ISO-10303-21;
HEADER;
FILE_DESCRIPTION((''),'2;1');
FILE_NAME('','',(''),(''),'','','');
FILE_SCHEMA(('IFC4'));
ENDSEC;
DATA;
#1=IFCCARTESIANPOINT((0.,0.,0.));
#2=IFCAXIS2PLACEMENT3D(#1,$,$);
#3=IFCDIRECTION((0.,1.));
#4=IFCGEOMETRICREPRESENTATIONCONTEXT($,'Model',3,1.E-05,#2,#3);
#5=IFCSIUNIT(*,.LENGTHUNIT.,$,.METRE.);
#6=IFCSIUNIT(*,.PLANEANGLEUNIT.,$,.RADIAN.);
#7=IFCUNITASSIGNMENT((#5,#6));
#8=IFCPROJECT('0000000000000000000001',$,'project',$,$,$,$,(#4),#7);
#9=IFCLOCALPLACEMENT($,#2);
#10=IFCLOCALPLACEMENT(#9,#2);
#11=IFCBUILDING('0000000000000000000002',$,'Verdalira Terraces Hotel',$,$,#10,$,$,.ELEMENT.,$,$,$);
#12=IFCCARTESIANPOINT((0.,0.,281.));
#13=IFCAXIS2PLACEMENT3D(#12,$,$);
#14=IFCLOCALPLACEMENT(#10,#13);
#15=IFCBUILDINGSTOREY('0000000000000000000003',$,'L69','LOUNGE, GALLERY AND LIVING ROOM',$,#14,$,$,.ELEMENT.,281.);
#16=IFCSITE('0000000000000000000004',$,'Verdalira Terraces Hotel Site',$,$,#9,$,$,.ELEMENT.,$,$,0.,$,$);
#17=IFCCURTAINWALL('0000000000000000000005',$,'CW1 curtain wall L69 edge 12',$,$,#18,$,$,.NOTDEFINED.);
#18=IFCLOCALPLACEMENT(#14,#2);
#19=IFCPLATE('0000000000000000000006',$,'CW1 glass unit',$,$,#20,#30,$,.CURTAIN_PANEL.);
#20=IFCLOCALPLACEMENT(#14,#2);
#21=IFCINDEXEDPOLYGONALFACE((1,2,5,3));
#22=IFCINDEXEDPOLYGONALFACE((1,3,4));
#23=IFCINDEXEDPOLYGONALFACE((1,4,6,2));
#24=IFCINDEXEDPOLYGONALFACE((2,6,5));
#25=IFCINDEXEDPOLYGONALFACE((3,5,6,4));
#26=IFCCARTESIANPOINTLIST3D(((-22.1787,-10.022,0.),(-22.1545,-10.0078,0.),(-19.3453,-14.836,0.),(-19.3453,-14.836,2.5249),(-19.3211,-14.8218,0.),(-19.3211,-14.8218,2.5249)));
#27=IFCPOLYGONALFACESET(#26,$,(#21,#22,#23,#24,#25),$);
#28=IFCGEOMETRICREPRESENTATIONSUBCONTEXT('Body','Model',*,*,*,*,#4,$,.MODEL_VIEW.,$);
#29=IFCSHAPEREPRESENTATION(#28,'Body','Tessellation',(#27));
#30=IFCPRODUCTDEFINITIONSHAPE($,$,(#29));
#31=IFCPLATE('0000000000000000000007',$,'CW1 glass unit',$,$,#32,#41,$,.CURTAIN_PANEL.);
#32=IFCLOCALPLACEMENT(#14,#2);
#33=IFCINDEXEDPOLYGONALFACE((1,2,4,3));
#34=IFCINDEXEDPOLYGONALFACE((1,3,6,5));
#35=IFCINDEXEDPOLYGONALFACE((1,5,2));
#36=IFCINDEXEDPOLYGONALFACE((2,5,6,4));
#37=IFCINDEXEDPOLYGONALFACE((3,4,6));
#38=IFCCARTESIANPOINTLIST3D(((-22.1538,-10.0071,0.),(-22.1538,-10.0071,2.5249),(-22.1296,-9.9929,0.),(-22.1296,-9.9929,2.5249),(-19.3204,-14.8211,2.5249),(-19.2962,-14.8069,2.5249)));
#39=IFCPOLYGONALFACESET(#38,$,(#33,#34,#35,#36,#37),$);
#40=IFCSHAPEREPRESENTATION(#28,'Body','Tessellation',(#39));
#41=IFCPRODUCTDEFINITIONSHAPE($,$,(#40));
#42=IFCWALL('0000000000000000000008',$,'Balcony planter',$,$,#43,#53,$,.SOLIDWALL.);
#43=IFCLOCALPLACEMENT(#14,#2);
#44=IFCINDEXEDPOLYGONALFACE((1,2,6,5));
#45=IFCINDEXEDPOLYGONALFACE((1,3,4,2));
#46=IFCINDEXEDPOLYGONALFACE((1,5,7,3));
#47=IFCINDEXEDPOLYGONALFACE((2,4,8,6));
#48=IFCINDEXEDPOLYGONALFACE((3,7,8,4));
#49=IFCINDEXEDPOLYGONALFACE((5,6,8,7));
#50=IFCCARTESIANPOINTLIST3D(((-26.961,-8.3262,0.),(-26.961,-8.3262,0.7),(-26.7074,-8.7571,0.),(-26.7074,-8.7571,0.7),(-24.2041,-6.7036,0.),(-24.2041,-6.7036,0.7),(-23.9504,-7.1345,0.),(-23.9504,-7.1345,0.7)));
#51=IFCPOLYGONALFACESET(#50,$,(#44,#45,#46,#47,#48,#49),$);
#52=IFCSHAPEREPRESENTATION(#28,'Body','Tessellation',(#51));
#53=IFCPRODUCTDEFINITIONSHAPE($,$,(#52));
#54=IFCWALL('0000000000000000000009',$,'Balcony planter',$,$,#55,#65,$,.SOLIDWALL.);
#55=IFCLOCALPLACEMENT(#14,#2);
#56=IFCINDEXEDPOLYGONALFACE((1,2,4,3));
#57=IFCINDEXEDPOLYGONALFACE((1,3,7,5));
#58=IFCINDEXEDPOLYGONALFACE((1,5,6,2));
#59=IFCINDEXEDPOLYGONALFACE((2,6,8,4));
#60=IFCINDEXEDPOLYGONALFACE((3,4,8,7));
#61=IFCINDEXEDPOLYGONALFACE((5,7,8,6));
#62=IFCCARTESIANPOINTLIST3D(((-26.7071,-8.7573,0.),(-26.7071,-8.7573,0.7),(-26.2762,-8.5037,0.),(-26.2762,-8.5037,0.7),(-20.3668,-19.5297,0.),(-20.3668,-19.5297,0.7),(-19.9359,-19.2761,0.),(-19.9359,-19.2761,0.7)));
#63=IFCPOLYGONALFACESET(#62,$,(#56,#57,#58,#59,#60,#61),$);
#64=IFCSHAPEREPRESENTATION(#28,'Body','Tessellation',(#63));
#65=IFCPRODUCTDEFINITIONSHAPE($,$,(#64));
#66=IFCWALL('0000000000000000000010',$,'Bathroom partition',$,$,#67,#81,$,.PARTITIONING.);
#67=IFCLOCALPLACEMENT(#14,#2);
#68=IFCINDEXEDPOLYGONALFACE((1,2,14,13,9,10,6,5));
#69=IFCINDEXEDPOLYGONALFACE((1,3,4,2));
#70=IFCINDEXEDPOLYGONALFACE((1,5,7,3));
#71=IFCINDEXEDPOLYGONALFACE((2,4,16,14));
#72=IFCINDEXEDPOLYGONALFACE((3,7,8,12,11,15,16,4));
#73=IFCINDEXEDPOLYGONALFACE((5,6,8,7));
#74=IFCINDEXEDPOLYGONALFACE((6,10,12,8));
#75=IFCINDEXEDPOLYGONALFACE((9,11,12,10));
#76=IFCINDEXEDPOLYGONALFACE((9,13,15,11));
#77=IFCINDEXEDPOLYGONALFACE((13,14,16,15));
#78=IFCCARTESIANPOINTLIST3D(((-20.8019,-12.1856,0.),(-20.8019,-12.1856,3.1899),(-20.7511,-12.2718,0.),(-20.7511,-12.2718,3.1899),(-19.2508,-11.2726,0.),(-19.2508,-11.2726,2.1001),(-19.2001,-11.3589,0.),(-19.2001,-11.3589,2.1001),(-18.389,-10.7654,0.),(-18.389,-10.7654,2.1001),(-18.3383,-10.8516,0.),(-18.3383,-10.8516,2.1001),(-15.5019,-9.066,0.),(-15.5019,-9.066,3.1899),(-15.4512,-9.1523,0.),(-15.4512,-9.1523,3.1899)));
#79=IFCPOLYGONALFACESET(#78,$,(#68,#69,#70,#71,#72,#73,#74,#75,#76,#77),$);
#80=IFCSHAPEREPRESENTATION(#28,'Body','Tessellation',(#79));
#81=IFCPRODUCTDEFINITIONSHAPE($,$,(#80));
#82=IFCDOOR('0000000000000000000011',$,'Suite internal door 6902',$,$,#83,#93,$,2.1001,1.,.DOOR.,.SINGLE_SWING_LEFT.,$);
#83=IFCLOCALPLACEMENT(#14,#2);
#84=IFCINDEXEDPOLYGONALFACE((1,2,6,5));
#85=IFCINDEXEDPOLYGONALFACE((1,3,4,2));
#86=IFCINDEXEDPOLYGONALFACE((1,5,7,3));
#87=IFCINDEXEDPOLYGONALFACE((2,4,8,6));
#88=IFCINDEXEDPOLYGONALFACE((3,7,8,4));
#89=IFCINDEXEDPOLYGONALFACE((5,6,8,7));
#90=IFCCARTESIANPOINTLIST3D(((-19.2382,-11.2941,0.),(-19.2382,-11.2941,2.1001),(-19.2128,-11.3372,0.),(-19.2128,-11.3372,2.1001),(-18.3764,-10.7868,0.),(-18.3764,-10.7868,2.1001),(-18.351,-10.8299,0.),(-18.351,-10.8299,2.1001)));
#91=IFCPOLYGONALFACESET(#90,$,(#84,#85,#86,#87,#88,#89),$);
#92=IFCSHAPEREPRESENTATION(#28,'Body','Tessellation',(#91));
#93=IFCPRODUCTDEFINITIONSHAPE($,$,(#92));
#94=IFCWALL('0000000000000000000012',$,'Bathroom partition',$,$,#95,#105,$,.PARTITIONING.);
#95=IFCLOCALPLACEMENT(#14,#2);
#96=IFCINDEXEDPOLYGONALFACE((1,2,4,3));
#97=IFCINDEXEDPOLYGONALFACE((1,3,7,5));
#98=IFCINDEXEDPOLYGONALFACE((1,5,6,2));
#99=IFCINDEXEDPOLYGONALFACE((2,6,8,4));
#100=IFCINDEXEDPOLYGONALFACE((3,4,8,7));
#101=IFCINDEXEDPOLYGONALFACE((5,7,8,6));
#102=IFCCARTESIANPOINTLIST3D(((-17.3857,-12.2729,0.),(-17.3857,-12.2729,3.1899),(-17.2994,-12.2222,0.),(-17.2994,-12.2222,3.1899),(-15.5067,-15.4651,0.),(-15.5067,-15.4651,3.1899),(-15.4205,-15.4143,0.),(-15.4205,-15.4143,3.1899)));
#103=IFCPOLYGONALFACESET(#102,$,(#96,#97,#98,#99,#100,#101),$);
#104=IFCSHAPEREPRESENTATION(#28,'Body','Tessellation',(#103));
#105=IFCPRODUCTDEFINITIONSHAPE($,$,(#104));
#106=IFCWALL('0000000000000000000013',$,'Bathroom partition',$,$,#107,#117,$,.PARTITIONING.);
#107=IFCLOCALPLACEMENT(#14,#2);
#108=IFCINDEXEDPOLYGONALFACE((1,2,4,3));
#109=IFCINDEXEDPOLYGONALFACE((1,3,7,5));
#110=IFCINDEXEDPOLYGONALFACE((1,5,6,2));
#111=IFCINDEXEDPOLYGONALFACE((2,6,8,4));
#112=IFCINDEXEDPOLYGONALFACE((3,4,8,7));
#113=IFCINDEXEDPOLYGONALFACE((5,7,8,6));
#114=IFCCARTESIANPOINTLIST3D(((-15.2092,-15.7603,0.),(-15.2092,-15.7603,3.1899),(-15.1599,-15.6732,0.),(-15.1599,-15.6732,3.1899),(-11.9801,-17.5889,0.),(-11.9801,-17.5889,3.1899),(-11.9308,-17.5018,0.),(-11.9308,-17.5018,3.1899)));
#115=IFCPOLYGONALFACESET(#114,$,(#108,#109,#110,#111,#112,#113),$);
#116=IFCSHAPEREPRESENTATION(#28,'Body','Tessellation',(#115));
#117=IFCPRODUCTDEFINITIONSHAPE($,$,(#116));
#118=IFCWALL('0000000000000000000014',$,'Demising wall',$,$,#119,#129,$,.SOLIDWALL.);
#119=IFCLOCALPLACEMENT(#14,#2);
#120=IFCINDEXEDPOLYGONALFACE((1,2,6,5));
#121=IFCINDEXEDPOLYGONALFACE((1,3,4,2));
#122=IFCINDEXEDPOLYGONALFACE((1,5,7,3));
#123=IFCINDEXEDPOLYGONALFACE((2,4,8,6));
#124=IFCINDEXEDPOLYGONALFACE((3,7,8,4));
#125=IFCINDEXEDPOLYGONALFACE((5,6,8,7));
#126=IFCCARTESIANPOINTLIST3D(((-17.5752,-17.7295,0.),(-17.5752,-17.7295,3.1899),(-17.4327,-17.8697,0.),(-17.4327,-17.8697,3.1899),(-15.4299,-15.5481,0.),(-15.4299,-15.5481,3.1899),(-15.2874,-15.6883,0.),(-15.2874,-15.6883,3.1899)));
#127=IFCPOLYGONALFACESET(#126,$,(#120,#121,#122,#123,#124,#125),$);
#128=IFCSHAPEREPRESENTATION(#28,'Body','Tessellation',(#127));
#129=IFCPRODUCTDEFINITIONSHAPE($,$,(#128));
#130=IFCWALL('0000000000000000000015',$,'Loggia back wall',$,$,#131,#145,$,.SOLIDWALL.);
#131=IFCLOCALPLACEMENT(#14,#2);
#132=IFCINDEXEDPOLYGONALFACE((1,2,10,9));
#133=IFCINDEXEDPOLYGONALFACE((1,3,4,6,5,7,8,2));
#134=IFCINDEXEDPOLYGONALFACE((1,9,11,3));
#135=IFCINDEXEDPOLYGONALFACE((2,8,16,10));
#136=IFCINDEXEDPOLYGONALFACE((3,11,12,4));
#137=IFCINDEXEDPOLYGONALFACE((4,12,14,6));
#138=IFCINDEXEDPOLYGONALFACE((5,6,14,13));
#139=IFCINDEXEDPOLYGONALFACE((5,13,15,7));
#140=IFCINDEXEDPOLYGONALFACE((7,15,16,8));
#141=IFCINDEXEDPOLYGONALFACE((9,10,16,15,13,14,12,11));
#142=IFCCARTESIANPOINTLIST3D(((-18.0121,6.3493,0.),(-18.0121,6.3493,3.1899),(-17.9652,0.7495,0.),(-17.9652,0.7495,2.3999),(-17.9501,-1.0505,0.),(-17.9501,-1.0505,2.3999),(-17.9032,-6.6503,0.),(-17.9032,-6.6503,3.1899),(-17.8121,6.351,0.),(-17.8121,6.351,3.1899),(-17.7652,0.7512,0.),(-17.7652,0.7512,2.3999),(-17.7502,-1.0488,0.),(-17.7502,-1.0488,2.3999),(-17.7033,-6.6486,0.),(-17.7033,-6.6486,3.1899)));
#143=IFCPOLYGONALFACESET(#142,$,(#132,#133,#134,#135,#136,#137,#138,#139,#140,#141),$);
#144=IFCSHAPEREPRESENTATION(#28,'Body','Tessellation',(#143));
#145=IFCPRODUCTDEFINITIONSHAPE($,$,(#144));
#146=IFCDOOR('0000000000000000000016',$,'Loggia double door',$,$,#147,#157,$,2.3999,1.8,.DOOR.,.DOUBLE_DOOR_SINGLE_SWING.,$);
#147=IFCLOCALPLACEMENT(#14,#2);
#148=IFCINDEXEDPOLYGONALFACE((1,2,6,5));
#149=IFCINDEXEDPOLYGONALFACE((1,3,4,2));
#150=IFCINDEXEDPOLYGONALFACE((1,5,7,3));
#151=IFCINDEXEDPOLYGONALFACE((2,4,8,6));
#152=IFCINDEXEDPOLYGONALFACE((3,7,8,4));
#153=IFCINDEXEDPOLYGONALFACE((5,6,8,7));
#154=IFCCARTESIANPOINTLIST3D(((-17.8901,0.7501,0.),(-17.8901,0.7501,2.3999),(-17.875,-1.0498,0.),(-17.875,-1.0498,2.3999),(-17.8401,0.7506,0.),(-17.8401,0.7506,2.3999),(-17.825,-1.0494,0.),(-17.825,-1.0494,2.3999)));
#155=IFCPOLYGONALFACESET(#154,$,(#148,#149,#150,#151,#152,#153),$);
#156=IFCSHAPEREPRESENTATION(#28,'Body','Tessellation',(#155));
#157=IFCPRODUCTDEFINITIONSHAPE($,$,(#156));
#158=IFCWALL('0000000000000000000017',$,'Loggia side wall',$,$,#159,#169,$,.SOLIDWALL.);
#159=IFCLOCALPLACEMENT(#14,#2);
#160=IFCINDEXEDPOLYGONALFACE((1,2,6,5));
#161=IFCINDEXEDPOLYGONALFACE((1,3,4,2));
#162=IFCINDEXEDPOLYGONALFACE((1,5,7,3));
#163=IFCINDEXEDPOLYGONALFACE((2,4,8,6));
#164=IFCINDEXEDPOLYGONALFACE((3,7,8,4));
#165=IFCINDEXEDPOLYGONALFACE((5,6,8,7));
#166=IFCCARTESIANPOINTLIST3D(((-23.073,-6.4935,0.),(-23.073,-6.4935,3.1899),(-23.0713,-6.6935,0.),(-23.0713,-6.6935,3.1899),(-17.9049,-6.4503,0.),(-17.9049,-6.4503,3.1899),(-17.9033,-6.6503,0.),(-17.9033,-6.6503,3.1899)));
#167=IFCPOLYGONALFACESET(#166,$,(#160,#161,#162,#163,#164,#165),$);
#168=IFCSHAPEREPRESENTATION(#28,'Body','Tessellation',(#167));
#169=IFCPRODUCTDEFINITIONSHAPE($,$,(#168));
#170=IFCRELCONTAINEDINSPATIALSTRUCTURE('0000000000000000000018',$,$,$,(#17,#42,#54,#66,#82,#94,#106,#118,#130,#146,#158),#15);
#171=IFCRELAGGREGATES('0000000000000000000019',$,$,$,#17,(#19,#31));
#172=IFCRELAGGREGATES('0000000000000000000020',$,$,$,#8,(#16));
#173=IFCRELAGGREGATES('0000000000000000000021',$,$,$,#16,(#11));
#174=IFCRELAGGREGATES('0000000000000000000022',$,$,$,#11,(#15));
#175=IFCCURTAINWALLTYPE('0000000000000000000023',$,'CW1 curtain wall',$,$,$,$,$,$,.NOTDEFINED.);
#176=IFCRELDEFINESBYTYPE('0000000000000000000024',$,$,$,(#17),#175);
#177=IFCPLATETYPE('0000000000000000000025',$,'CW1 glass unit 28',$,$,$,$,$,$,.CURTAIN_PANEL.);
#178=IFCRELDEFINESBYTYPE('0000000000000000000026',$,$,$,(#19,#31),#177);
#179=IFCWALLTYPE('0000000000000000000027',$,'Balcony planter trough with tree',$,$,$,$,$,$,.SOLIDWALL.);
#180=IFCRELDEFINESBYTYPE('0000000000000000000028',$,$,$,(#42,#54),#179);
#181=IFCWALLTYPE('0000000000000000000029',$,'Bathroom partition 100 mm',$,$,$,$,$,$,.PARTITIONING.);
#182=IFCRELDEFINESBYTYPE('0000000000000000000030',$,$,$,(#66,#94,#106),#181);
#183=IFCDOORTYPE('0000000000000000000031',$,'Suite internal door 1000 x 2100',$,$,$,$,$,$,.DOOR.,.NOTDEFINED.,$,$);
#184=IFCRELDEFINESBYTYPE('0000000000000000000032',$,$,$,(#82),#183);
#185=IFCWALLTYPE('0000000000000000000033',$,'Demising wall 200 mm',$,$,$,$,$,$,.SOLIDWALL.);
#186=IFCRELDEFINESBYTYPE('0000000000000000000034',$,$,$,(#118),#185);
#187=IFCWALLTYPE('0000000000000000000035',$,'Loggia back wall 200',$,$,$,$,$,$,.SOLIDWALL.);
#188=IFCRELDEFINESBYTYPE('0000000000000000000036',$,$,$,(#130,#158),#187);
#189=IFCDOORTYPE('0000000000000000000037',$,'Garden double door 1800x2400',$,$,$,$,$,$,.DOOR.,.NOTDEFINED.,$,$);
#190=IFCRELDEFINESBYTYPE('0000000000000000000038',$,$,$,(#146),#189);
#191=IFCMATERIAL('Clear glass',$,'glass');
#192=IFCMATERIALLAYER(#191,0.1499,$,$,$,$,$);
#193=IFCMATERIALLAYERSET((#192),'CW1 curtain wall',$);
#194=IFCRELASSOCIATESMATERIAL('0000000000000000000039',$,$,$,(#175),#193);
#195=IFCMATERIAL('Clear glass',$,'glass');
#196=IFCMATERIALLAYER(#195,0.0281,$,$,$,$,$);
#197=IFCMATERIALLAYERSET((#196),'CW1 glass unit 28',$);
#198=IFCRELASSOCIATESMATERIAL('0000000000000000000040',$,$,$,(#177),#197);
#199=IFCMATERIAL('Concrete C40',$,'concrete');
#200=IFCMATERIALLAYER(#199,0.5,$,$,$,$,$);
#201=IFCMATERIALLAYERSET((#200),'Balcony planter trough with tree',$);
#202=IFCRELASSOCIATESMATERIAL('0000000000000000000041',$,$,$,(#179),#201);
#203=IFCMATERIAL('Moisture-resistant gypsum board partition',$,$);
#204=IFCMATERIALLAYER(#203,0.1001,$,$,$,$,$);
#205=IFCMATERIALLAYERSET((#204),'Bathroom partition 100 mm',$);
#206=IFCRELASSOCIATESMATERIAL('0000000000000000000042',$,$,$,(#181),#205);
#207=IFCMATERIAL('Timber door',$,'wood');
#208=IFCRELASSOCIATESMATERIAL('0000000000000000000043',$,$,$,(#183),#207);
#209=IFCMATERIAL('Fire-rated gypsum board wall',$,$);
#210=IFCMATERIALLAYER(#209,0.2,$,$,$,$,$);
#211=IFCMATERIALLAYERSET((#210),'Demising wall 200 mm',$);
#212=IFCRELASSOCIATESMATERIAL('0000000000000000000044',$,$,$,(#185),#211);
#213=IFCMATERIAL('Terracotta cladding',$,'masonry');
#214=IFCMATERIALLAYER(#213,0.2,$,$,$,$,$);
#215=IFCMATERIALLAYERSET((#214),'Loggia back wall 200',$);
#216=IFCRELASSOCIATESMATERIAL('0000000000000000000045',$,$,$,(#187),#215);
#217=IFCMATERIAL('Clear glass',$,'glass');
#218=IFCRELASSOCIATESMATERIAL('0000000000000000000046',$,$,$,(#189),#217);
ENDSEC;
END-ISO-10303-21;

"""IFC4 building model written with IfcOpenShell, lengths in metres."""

from ifc_helpers import new_model, si_unit, direction, frame, frame_2d, origin, place, context, subcontext, project, spatial, polyline, rectangle, outline, extrude, material, layer, layer_set, type_object, element, fill, aggregate, save


model = new_model("IFC4")

# Units and contexts
model_context = context("Model", 3, precision=1e-05, world=origin(), true_north=direction((0.0, 1.0)))
body_context = subcontext(model_context, "Body", "Model", "MODEL_VIEW")
ifc_project = project(units=[si_unit("LENGTHUNIT", "METRE"), si_unit("PLANEANGLEUNIT", "RADIAN")], contexts=[model_context])

# Site, building, storey
site_placement = place(None, origin())
site = spatial("IfcSite", under=ifc_project, at=site_placement, Name="Verdalira Terraces Hotel Site", CompositionType="ELEMENT", RefElevation=0.0)
building_placement = place(site_placement, origin())
building = spatial("IfcBuilding", under=site, at=building_placement, Name="Verdalira Terraces Hotel", CompositionType="ELEMENT")
storey_placement = place(building_placement, frame((0.0, 0.0, 281.0)))
storey = spatial("IfcBuildingStorey", under=building, at=storey_placement, Name="L69", Description="LOUNGE, GALLERY AND LIVING ROOM", CompositionType="ELEMENT", Elevation=281.0)

# Curtain wall
ifc_material_1 = material(Name="Clear glass", Category="glass")
ifc_layer_1 = layer(ifc_material_1, 0.1499)
ifc_layer_set_1 = layer_set([ifc_layer_1], Name="CW1 curtain wall")
curtain_wall_type = type_object("IfcCurtainWallType", Name="CW1 curtain wall", PredefinedType="NOTDEFINED", material=ifc_layer_set_1)
curtain_wall_placement = place(storey_placement, origin())
curtain_wall = element("IfcCurtainWall", 1, at=curtain_wall_placement, inside=storey, type_object=curtain_wall_type, Name="CW1 curtain wall L69 edge 12", PredefinedType="NOTDEFINED")

# Plates
ifc_material_2 = material(Name="Clear glass", Category="glass")
ifc_layer_2 = layer(ifc_material_2, 0.0281)
ifc_layer_set_2 = layer_set([ifc_layer_2], Name="CW1 glass unit 28")
plate_type = type_object("IfcPlateType", Name="CW1 glass unit 28", PredefinedType="CURTAIN_PANEL", material=ifc_layer_set_2)
plate_1_placement = place(storey_placement, frame((-20.7378, -12.4148, 1.2625), z_axis=(-0.861806, -0.507238, 0.0), x_axis=(0.507238, -0.861806, 0.0)))
plate_1 = element("IfcPlate", 2, at=plate_1_placement, type_object=plate_type, Name="CW1 glass unit", PredefinedType="CURTAIN_PANEL", context=body_context, shape_type="SweptSolid", body=[
    extrude(outline(polyline([(-2.793, -1.2625), (2.793, -1.2625), (2.793, 1.2625), (-2.793, -1.2625)])), origin(), (0.0, 0.0, 1.0), 0.0281),
])
plate_2_placement = place(storey_placement, frame((-20.7129, -12.3999, 1.2625), z_axis=(-0.861806, -0.507238, 0.0), x_axis=(0.507238, -0.861806, 0.0)))
plate_2 = element("IfcPlate", 3, at=plate_2_placement, type_object=plate_type, Name="CW1 glass unit", PredefinedType="CURTAIN_PANEL", context=body_context, shape_type="SweptSolid", body=[
    extrude(outline(polyline([(-2.793, -1.2625), (2.793, 1.2625), (-2.793, 1.2625), (-2.793, -1.2625)])), origin(), (0.0, 0.0, 1.0), 0.0281),
])
aggregate(curtain_wall, [plate_1, plate_2])

# Walls
ifc_material_3 = material(Name="Concrete C40", Category="concrete")
ifc_layer_3 = layer(ifc_material_3, 0.5)
ifc_layer_set_3 = layer_set([ifc_layer_3], Name="Balcony planter trough with tree")
wall_type_1 = type_object("IfcWallType", Name="Balcony planter trough with tree", PredefinedType="SOLIDWALL", material=ifc_layer_set_3)
wall_1_placement = place(storey_placement, frame((-24.0771, -6.9189, 0.0), z_axis=(0.0, 0.0, 1.0), x_axis=(-0.861813, -0.507227, 0.0)))
element("IfcWall", 4, at=wall_1_placement, inside=storey, type_object=wall_type_1, Name="Balcony planter", PredefinedType="SOLIDWALL", context=body_context, shape_type="SweptSolid", body=[
    extrude(rectangle(XDim=3.199, YDim=0.5, at=frame_2d((1.5996, 0.0))), origin(), (0.0, 0.0, 1.0), 0.7),
])
wall_2_placement = place(storey_placement, frame((-26.4917, -8.6304, 0.0), z_axis=(0.0, 0.0, 1.0), x_axis=(0.507234, -0.861809, 0.0)))
element("IfcWall", 5, at=wall_2_placement, inside=storey, type_object=wall_type_1, Name="Balcony planter", PredefinedType="SOLIDWALL", context=body_context, shape_type="SweptSolid", body=[
    extrude(rectangle(XDim=12.4998, YDim=0.5, at=frame_2d((6.25, 0.0))), origin(), (0.0, 0.0, 1.0), 0.7),
])

# Wall, opening, door
ifc_material_4 = material(Name="Moisture-resistant gypsum board partition")
ifc_layer_4 = layer(ifc_material_4, 0.1001)
ifc_layer_set_4 = layer_set([ifc_layer_4], Name="Bathroom partition 100 mm")
wall_type_2 = type_object("IfcWallType", Name="Bathroom partition 100 mm", PredefinedType="PARTITIONING", material=ifc_layer_set_4)
wall_3_placement = place(storey_placement, frame((-15.4766, -9.1091, 0.0), z_axis=(0.0, 0.0, 1.0), x_axis=(-0.861795, -0.507256, 0.0)))
wall_3 = element("IfcWall", 6, at=wall_3_placement, inside=storey, type_object=wall_type_2, Name="Bathroom partition", PredefinedType="PARTITIONING", context=body_context, shape_type="SweptSolid", body=[
    extrude(rectangle(XDim=6.1499, YDim=0.1001, at=frame_2d((3.075, 0.0))), origin(), (0.0, 0.0, 1.0), 3.1899),
])
opening_1_placement = place(wall_3_placement, frame((3.3501, 0.0, 0.0)))
opening_1 = element("IfcOpeningElement", 7, at=opening_1_placement, cuts=wall_3, PredefinedType="OPENING", context=body_context, shape_type="SweptSolid", body=[
    extrude(rectangle(XDim=1.0, YDim=2.1001, at=frame_2d((0.5, 1.05))), frame((0.0, 0.0601, 0.0), z_axis=(0.0, -1.0, 0.0), x_axis=(1.0, 0.0, 0.0)), (0.0, 0.0, 1.0), 0.1201),
])
ifc_material_5 = material(Name="Timber door", Category="wood")
door_type_1 = type_object("IfcDoorType", Name="Suite internal door 1000 x 2100", OperationType="NOTDEFINED", PredefinedType="DOOR", material=ifc_material_5)
door_1_placement = place(opening_1_placement, origin())
door_1 = element("IfcDoor", 8, at=door_1_placement, inside=storey, type_object=door_type_1, Name="Suite internal door 6902", OperationType="SINGLE_SWING_LEFT", OverallHeight=2.1001, OverallWidth=1.0, PredefinedType="DOOR", context=body_context, shape_type="SweptSolid", body=[
    extrude(rectangle(XDim=1.0, YDim=2.1001, at=frame_2d((0.5, 1.05))), frame((0.0, 0.0249, 0.0), z_axis=(0.0, -1.0, 0.0), x_axis=(1.0, 0.0, 0.0)), (0.0, 0.0, 1.0), 0.05),
])
fill(opening_1, door_1)

# Walls
wall_4_placement = place(storey_placement, frame((-17.3425, -12.2476, 0.0), z_axis=(0.0, 0.0, 1.0), x_axis=(0.507256, -0.861795, 0.0)))
element("IfcWall", 9, at=wall_4_placement, inside=storey, type_object=wall_type_2, Name="Bathroom partition", PredefinedType="PARTITIONING", context=body_context, shape_type="SweptSolid", body=[
    extrude(rectangle(XDim=3.7041, YDim=0.1001, at=frame_2d((1.8521, 0.0))), origin(), (0.0, 0.0, 1.0), 3.1899),
])
wall_5_placement = place(storey_placement, frame((-15.1846, -15.7168, 0.0), z_axis=(0.0, 0.0, 1.0), x_axis=(0.870172, -0.492749, 0.0)))
element("IfcWall", 10, at=wall_5_placement, inside=storey, type_object=wall_type_2, Name="Bathroom partition", PredefinedType="PARTITIONING", context=body_context, shape_type="SweptSolid", body=[
    extrude(rectangle(XDim=3.7109, YDim=0.1001, at=frame_2d((1.8555, 0.0))), origin(), (0.0, 0.0, 1.0), 3.1899),
])
ifc_material_6 = material(Name="Fire-rated gypsum board wall")
ifc_layer_5 = layer(ifc_material_6, 0.2)
ifc_layer_set_5 = layer_set([ifc_layer_5], Name="Demising wall 200 mm")
wall_type_3 = type_object("IfcWallType", Name="Demising wall 200 mm", PredefinedType="SOLIDWALL", material=ifc_layer_set_5)
wall_6_placement = place(storey_placement, frame((-15.3586, -15.6182, 0.0), z_axis=(0.0, 0.0, 1.0), x_axis=(-0.701177, -0.712987, 0.0)))
element("IfcWall", 11, at=wall_6_placement, inside=storey, type_object=wall_type_3, Name="Demising wall", PredefinedType="SOLIDWALL", context=body_context, shape_type="SweptSolid", body=[
    extrude(rectangle(XDim=3.0596, YDim=0.2, at=frame_2d((1.5298, 0.0))), origin(), (0.0, 0.0, 1.0), 3.1899),
])

# Wall, opening, door
ifc_material_7 = material(Name="Terracotta cladding", Category="masonry")
ifc_layer_6 = layer(ifc_material_7, 0.2)
ifc_layer_set_6 = layer_set([ifc_layer_6], Name="Loggia back wall 200")
wall_type_4 = type_object("IfcWallType", Name="Loggia back wall 200", PredefinedType="SOLIDWALL", material=ifc_layer_set_6)
wall_7_placement = place(storey_placement, frame((-17.8032, -6.6494, 0.0), z_axis=(0.0, 0.0, 1.0), x_axis=(-0.008376, 0.999965, 0.0)))
wall_7 = element("IfcWall", 12, at=wall_7_placement, inside=storey, type_object=wall_type_4, Name="Loggia back wall", PredefinedType="SOLIDWALL", context=body_context, shape_type="SweptSolid", body=[
    extrude(rectangle(XDim=13.0, YDim=0.2, at=frame_2d((6.5, 0.0))), origin(), (0.0, 0.0, 1.0), 3.1899),
])
opening_2_placement = place(wall_7_placement, frame((5.6001, 0.0, 0.0)))
opening_2 = element("IfcOpeningElement", 13, at=opening_2_placement, cuts=wall_7, PredefinedType="OPENING", context=body_context, shape_type="SweptSolid", body=[
    extrude(rectangle(XDim=1.8, YDim=2.3999, at=frame_2d((0.8999, 1.2))), frame((0.0, 0.1099, 0.0), z_axis=(0.0, -1.0, 0.0), x_axis=(1.0, 0.0, 0.0)), (0.0, 0.0, 1.0), 0.22),
])
ifc_material_8 = material(Name="Clear glass", Category="glass")
door_type_2 = type_object("IfcDoorType", Name="Garden double door 1800x2400", OperationType="NOTDEFINED", PredefinedType="DOOR", material=ifc_material_8)
door_2_placement = place(opening_2_placement, origin())
door_2 = element("IfcDoor", 14, at=door_2_placement, inside=storey, type_object=door_type_2, Name="Loggia double door", OperationType="DOUBLE_DOOR_SINGLE_SWING", OverallHeight=2.3999, OverallWidth=1.8, PredefinedType="DOOR", context=body_context, shape_type="SweptSolid", body=[
    extrude(rectangle(XDim=1.8, YDim=2.3999, at=frame_2d((0.8999, 1.2))), frame((0.0, 0.0249, 0.0), z_axis=(0.0, -1.0, 0.0), x_axis=(1.0, 0.0, 0.0)), (0.0, 0.0, 1.0), 0.05),
])
fill(opening_2, door_2)

# Wall
wall_8_placement = place(storey_placement, frame((-23.072, -6.5935, 0.0), z_axis=(0.0, 0.0, 1.0), x_axis=(0.999965, 0.008361, 0.0)))
element("IfcWall", 15, at=wall_8_placement, inside=storey, type_object=wall_type_4, Name="Loggia side wall", PredefinedType="SOLIDWALL", context=body_context, shape_type="SweptSolid", body=[
    extrude(rectangle(XDim=5.1682, YDim=0.2, at=frame_2d((2.584, 0.0))), origin(), (0.0, 0.0, 1.0), 3.1899),
])

save(model, "model.ifc")
